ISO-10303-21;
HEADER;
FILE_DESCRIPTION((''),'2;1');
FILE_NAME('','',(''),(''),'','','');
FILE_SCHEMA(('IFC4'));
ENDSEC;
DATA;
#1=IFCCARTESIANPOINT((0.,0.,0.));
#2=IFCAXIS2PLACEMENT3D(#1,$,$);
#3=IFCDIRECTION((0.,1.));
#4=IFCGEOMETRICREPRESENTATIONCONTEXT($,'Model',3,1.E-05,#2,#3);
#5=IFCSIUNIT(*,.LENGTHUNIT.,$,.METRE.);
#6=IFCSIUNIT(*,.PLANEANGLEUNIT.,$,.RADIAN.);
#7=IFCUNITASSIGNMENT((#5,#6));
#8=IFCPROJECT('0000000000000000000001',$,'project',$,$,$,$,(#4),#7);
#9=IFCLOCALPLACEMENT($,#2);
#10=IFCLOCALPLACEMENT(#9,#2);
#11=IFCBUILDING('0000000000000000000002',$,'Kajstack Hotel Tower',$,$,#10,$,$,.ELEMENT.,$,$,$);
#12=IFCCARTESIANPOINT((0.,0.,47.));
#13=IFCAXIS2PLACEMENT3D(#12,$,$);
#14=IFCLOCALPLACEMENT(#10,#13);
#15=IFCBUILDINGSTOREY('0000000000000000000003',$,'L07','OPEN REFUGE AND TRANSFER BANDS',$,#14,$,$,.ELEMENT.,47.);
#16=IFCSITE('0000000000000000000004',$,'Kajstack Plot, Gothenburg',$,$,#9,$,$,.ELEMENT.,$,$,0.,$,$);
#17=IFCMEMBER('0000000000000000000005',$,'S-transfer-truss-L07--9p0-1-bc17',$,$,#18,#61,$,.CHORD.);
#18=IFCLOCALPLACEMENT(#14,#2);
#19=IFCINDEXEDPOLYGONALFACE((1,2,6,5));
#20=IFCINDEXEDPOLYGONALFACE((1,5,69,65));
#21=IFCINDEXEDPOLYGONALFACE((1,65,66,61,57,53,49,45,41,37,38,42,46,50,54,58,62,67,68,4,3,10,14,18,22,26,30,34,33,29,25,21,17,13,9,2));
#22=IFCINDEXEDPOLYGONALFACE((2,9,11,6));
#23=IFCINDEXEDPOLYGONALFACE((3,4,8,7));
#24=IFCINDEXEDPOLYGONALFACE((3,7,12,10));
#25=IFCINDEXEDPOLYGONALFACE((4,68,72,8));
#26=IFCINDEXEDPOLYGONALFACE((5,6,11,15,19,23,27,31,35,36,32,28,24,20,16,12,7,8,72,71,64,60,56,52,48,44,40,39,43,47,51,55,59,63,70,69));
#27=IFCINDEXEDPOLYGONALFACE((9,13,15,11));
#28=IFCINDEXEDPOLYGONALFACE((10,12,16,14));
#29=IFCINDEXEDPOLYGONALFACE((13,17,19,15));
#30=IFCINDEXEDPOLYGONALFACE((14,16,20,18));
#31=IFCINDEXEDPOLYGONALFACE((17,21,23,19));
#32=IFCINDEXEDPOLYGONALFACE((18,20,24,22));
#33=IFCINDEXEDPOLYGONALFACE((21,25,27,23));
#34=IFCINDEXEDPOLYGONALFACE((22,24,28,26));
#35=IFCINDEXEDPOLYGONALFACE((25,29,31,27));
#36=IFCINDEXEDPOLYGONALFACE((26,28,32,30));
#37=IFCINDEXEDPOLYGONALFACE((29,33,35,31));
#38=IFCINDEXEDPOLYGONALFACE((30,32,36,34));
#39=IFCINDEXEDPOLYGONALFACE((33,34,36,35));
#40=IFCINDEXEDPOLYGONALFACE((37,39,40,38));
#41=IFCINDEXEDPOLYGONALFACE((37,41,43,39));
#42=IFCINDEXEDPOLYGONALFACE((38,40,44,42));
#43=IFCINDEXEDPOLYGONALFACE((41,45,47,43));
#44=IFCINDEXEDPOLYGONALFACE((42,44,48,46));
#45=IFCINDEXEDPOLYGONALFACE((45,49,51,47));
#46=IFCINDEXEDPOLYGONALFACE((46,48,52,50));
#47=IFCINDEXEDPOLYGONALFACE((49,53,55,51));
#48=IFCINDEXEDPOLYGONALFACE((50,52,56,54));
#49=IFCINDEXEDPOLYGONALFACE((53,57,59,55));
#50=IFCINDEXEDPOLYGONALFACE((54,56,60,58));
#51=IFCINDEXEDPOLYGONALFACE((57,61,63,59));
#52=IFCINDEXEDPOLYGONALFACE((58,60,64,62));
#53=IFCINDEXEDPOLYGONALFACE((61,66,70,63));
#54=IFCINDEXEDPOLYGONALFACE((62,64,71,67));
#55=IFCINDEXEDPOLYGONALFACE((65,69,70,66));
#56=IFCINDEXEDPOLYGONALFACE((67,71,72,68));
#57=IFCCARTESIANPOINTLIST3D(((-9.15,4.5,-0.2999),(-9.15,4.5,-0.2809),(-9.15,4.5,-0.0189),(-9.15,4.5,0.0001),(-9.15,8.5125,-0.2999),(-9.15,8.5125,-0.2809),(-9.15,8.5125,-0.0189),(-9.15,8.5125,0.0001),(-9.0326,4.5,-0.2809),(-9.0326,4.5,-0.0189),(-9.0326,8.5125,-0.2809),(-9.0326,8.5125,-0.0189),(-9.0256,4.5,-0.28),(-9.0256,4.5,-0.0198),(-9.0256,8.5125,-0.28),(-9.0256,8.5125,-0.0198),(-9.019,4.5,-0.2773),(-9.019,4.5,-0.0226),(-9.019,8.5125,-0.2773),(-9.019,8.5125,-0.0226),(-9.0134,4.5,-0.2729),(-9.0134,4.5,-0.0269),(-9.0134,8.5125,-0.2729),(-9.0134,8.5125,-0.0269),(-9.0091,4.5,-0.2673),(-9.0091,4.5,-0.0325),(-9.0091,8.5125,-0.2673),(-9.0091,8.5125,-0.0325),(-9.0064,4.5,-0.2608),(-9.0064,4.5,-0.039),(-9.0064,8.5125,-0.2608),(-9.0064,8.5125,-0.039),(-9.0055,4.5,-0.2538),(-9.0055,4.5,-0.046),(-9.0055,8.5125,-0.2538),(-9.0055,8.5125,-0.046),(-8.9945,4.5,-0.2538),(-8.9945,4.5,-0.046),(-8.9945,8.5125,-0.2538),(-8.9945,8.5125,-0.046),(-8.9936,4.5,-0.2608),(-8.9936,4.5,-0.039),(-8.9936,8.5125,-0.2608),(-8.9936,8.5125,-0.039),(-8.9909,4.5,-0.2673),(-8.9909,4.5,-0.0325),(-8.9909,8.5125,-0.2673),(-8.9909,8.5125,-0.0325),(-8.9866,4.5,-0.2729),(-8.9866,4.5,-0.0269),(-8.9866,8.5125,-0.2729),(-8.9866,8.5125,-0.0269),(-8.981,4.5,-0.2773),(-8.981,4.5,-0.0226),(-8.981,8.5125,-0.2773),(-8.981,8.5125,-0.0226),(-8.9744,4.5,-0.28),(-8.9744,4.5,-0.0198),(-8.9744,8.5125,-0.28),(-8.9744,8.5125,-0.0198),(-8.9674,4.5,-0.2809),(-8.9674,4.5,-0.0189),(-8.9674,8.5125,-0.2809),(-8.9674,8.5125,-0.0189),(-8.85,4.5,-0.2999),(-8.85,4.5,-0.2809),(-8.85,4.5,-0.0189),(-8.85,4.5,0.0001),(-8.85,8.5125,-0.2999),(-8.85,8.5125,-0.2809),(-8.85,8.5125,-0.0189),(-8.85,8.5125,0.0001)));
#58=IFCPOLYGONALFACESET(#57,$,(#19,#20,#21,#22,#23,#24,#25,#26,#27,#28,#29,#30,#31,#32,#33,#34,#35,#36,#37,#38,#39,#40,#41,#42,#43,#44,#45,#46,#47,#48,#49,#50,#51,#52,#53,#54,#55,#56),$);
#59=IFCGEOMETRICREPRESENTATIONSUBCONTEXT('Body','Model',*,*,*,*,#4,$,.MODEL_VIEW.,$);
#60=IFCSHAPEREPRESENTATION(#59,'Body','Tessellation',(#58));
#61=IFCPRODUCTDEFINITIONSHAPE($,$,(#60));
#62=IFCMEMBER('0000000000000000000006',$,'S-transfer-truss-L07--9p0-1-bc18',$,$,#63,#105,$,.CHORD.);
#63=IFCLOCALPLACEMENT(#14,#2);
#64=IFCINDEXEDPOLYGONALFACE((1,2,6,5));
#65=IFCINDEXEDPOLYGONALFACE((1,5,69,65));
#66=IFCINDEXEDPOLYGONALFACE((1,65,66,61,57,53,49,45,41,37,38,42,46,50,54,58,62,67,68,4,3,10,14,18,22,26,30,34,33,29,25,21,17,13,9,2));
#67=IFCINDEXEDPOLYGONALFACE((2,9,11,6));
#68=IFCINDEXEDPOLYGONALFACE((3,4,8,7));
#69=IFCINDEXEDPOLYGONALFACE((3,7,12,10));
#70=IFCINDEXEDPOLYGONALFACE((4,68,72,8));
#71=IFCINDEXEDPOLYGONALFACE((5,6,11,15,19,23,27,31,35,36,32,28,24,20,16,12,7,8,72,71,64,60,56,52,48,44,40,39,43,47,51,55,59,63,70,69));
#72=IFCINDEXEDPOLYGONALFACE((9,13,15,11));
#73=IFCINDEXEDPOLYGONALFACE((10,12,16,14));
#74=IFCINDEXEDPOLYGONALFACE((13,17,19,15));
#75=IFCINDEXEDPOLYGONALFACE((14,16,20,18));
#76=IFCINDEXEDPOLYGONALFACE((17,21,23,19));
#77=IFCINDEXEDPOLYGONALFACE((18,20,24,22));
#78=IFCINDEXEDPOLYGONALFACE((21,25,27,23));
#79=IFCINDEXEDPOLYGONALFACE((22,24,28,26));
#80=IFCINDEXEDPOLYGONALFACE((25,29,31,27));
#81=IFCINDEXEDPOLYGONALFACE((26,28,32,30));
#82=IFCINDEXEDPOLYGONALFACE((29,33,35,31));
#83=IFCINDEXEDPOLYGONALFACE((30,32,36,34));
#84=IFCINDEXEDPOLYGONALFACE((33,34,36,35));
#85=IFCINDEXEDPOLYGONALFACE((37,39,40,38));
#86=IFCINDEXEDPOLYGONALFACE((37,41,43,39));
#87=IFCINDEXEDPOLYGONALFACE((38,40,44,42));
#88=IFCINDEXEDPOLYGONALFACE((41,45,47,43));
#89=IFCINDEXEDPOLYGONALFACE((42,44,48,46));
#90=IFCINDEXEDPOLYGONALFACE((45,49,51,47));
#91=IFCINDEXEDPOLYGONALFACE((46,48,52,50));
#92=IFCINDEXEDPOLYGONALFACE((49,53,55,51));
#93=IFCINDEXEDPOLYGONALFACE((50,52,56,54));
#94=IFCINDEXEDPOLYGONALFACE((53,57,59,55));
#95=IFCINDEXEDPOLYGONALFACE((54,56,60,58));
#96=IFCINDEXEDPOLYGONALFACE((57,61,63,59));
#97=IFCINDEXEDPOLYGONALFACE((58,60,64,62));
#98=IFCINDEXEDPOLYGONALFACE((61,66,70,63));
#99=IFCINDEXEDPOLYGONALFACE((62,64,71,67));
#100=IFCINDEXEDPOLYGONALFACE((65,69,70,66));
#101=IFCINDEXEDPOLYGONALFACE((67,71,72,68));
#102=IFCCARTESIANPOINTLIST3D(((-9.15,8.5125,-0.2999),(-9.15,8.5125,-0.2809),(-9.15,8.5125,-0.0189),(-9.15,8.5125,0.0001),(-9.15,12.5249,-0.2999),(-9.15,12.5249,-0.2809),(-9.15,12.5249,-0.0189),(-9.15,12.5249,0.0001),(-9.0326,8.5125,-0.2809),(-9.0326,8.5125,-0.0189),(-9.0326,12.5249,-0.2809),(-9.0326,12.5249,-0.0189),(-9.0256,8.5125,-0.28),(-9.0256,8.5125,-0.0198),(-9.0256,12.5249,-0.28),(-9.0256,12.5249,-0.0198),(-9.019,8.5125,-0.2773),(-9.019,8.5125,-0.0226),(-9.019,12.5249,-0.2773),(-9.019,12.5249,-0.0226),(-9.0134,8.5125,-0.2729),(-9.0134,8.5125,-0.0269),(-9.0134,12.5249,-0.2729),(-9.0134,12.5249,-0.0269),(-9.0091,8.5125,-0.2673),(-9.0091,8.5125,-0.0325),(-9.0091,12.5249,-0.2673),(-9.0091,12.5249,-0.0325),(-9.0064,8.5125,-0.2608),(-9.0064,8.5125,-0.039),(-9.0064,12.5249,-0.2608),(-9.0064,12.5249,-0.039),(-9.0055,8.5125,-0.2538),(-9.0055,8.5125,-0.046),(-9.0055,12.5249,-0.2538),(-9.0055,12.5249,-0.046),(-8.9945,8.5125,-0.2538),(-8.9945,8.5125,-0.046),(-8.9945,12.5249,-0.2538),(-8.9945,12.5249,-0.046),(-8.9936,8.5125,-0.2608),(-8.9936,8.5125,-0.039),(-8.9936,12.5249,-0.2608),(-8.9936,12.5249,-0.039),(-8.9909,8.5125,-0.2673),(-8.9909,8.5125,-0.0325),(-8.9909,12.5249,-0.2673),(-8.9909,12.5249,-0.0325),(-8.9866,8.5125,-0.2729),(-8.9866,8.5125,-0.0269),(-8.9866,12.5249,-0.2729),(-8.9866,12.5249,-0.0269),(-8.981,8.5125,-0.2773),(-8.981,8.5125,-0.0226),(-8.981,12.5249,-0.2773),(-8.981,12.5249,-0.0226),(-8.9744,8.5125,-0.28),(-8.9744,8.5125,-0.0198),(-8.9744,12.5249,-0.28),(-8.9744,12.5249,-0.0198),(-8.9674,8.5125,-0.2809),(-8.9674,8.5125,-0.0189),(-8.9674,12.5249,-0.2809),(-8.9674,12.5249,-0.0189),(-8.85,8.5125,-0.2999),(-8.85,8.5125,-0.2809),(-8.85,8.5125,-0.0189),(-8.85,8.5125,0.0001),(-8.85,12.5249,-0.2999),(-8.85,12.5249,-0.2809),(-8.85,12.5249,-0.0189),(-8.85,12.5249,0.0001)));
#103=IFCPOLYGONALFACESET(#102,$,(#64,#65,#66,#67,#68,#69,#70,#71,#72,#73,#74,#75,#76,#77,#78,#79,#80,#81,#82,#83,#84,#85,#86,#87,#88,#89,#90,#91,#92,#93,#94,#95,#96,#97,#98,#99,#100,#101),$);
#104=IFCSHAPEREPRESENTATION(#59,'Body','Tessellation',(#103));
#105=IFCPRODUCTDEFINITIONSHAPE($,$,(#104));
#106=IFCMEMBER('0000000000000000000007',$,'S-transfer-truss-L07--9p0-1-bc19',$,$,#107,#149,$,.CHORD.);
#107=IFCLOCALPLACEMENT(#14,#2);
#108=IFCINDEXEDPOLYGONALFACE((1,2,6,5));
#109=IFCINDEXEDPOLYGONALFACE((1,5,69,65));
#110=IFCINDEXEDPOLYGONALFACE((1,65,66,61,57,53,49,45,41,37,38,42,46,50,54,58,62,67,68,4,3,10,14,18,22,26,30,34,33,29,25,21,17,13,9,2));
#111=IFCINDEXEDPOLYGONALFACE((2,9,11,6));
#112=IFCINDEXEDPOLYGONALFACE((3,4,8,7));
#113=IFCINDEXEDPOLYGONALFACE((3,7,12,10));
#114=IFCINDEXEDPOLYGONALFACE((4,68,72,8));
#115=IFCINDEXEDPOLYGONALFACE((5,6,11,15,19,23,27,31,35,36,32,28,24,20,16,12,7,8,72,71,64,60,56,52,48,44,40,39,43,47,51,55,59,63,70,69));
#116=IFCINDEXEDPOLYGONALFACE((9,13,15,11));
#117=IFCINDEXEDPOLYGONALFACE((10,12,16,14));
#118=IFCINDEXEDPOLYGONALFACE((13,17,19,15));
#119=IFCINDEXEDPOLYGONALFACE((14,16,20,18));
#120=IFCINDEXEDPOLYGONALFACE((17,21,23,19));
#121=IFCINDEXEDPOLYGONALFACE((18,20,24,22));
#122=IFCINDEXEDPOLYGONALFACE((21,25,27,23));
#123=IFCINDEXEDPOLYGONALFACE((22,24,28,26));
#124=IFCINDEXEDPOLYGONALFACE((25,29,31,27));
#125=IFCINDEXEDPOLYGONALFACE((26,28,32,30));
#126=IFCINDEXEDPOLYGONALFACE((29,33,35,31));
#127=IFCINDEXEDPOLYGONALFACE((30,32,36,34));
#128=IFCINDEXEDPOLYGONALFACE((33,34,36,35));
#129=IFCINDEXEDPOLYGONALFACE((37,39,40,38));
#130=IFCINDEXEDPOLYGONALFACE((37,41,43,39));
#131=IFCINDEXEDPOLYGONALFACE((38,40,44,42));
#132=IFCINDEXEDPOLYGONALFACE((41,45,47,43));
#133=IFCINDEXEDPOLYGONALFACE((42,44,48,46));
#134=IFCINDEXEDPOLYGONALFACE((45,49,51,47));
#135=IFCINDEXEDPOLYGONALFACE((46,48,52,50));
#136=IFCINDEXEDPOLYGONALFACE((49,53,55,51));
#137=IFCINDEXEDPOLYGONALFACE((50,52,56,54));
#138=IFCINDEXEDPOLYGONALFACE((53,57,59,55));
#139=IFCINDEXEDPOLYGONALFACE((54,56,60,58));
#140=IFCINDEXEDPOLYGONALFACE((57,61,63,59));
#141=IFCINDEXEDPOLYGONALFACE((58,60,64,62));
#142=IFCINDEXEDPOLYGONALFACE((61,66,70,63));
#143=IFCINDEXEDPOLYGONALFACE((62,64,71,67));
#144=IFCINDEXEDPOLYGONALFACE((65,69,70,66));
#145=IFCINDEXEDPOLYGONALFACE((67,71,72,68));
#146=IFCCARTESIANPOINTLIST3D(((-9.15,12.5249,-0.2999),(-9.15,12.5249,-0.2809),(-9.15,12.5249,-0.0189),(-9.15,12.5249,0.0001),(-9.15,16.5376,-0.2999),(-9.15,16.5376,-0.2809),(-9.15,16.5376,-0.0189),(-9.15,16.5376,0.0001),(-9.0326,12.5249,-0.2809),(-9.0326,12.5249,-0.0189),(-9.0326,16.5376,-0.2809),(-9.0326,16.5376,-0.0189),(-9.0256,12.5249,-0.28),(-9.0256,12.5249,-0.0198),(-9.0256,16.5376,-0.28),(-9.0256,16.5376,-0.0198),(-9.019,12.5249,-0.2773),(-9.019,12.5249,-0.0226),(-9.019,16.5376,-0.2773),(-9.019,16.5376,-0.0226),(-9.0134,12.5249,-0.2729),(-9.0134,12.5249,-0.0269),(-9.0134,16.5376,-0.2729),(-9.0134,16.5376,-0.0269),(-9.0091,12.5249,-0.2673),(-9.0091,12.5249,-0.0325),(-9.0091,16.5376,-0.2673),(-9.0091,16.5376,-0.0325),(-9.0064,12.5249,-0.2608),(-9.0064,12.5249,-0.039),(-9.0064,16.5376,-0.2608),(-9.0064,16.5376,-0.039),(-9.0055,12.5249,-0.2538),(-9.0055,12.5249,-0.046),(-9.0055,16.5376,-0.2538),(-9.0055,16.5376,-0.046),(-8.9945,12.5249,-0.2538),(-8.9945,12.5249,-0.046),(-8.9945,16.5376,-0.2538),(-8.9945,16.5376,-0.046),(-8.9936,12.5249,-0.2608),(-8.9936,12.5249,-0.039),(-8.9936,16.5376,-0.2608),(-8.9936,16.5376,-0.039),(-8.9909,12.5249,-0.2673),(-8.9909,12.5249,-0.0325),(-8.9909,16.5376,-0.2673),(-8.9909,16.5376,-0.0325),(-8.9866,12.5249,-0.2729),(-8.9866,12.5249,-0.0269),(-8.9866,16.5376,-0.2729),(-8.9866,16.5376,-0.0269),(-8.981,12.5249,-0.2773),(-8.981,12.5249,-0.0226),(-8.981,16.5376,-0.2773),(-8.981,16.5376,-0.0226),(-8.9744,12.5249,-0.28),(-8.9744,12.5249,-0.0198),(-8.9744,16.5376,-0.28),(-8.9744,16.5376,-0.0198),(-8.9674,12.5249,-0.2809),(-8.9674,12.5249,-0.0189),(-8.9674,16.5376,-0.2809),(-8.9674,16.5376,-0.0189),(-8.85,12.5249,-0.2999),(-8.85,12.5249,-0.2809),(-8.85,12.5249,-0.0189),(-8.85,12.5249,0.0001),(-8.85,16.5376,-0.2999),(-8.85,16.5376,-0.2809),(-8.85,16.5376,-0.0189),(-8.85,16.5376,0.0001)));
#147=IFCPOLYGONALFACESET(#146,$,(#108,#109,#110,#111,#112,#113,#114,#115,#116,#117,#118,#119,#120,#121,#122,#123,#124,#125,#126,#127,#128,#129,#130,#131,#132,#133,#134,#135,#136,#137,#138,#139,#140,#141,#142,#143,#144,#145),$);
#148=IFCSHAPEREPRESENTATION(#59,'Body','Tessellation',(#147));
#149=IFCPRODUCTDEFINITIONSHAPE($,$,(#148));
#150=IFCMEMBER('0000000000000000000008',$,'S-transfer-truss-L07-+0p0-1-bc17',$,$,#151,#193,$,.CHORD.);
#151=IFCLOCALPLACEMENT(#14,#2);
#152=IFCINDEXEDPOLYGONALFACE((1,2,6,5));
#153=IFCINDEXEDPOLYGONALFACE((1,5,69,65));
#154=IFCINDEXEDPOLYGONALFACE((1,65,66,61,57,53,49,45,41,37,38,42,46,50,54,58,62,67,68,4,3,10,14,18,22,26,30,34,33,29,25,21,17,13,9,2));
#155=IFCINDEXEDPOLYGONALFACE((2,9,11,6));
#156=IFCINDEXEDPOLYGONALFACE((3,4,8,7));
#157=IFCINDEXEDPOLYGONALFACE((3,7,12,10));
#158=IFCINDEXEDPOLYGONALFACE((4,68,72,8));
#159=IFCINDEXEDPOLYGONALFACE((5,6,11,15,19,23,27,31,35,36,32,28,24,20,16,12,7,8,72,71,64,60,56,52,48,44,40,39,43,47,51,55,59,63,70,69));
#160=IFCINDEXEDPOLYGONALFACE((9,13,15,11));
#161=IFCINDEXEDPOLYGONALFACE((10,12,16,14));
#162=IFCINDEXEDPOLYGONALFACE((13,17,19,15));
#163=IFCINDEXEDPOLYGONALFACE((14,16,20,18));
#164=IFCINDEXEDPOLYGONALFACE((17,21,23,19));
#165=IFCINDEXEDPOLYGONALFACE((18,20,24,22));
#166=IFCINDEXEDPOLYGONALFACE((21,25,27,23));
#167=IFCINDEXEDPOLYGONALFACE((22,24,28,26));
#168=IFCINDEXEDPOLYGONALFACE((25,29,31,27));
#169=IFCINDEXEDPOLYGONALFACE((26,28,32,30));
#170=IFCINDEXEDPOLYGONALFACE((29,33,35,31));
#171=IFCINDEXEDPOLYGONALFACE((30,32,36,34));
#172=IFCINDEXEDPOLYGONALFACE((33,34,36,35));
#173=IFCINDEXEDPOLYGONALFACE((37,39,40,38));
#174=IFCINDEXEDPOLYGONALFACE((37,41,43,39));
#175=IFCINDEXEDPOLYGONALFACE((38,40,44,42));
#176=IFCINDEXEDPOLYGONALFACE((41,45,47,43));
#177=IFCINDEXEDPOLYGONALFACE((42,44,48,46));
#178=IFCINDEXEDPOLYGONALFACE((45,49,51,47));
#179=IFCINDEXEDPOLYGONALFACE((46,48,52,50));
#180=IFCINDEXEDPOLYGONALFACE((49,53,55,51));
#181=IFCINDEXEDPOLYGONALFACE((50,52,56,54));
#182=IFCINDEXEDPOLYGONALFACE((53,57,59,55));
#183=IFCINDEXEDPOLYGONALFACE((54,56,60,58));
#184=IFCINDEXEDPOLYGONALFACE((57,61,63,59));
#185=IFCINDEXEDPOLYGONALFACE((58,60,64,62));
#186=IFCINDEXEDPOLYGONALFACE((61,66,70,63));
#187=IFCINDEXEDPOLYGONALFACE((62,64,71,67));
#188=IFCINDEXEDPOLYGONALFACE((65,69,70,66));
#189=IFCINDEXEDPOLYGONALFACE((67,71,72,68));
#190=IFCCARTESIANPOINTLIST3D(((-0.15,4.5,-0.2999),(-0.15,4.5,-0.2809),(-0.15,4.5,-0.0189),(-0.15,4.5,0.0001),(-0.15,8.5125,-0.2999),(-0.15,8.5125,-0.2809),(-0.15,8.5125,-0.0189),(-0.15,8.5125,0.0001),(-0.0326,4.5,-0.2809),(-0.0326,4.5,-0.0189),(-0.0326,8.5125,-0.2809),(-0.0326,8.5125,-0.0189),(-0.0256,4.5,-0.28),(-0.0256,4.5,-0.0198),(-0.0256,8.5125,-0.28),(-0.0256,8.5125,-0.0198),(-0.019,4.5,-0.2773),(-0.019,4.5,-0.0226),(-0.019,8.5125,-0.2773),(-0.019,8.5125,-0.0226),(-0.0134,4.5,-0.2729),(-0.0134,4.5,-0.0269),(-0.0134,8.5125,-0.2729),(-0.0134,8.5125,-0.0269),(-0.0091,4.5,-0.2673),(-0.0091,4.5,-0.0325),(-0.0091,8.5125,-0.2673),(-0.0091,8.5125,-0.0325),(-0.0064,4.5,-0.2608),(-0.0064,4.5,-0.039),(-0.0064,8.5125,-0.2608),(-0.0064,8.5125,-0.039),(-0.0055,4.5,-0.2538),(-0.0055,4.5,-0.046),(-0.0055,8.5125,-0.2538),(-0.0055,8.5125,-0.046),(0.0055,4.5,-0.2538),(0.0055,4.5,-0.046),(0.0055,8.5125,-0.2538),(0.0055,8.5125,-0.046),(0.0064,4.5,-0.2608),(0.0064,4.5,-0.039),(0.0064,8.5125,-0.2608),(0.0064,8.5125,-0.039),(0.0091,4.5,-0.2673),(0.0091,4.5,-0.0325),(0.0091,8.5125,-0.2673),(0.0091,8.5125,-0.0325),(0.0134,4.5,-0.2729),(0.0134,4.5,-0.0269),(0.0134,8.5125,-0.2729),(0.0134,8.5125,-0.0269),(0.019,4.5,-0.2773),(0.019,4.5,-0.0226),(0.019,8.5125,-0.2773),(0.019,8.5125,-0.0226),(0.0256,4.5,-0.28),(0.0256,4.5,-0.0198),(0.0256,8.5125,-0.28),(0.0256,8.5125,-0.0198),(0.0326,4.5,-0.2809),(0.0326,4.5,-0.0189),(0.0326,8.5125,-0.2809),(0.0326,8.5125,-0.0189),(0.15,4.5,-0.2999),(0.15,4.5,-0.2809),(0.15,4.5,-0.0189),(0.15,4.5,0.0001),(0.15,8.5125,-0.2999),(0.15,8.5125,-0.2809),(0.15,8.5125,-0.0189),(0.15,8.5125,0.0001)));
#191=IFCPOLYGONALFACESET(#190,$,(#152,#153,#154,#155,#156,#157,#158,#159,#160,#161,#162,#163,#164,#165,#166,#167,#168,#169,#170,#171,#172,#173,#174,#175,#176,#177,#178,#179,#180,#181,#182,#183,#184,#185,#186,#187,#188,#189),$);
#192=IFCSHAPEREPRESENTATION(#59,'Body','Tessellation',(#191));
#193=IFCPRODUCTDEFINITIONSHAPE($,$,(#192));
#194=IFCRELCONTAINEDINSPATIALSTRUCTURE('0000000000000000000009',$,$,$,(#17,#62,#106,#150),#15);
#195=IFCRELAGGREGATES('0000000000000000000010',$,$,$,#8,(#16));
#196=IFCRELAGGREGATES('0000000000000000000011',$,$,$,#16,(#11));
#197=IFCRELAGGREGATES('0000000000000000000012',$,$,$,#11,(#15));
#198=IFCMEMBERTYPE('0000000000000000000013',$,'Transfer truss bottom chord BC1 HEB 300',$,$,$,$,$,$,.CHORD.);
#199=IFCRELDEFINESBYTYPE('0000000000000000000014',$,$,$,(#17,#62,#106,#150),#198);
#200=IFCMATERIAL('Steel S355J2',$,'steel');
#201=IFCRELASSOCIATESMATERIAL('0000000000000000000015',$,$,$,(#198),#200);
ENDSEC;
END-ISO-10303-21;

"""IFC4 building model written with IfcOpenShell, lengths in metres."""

from ifc_helpers import new_model, si_unit, direction, frame, origin, origin_2d, place, context, subcontext, project, spatial, i_section, extrude, material, material_profile, profile_set, type_object, element, save


model = new_model("IFC4")

# Units and contexts
model_context = context("Model", 3, precision=1e-05, world=origin(), true_north=direction((0.0, 1.0)))
body_context = subcontext(model_context, "Body", "Model", "MODEL_VIEW")
ifc_project = project(units=[si_unit("LENGTHUNIT", "METRE"), si_unit("PLANEANGLEUNIT", "RADIAN")], contexts=[model_context])

# Site, building, storey
site_placement = place(None, origin())
site = spatial("IfcSite", under=ifc_project, at=site_placement, Name="Kajstack Plot, Gothenburg", CompositionType="ELEMENT", RefElevation=0.0)
building_placement = place(site_placement, origin())
building = spatial("IfcBuilding", under=site, at=building_placement, Name="Kajstack Hotel Tower", CompositionType="ELEMENT")
storey_placement = place(building_placement, frame((0.0, 0.0, 47.0)))
storey = spatial("IfcBuildingStorey", under=building, at=storey_placement, Name="L07", Description="OPEN REFUGE AND TRANSFER BANDS", CompositionType="ELEMENT", Elevation=47.0)

# Members
ifc_material = material(Name="Steel S355J2", Category="steel")
ifc_material_profile_1 = material_profile(ifc_material, i_section(OverallWidth=0.3, OverallDepth=0.3, WebThickness=0.011, FlangeThickness=0.019, FilletRadius=0.0271, at=origin_2d()), Name="HEB 300")
ifc_profile_set_1 = profile_set([ifc_material_profile_1], Name="Steel S355J2")
member_type_1 = type_object("IfcMemberType", Name="Transfer truss bottom chord BC1 HEB 300", PredefinedType="CHORD", material=ifc_profile_set_1)
for number, where, z_axis, x_axis, name in (
    (1, (-9.0, 4.5, -0.1499), (0.0, 1.0, 0.0), (-1.0, 0.0, 0.0), "S-transfer-truss-L07--9p0-1-bc17"),
    (2, (-9.0, 8.5125, -0.1499), (0.0, 1.0, 0.0), (-1.0, 0.0, 0.0), "S-transfer-truss-L07--9p0-1-bc18"),
):
    element("IfcMember", number, at=place(storey_placement, frame(where, z_axis=z_axis, x_axis=x_axis)), inside=storey, type_object=member_type_1, Name=name, PredefinedType="CHORD", context=body_context, shape_type="SweptSolid", body=[
        extrude(i_section(OverallWidth=0.3, OverallDepth=0.3, WebThickness=0.011, FlangeThickness=0.019, FilletRadius=0.0271, at=origin_2d()), origin(), (0.0, 0.0, 1.0), 4.0125),
    ])
member_1_placement = place(storey_placement, frame((-9.0, 12.5249, -0.1499), z_axis=(0.0, 1.0, 0.0), x_axis=(-1.0, 0.0, 0.0)))
element("IfcMember", 3, at=member_1_placement, inside=storey, type_object=member_type_1, Name="S-transfer-truss-L07--9p0-1-bc19", PredefinedType="CHORD", context=body_context, shape_type="SweptSolid", body=[
    extrude(i_section(OverallWidth=0.3, OverallDepth=0.3, WebThickness=0.011, FlangeThickness=0.019, FilletRadius=0.0271, at=origin_2d()), origin(), (0.0, 0.0, 1.0), 4.0127),
])
for number, where, z_axis, x_axis, name in (
    (4, (0.0, 4.5, -0.1499), (0.0, 1.0, 0.0), (-1.0, 0.0, 0.0), "S-transfer-truss-L07-+0p0-1-bc17"),
):
    element("IfcMember", number, at=place(storey_placement, frame(where, z_axis=z_axis, x_axis=x_axis)), inside=storey, type_object=member_type_1, Name=name, PredefinedType="CHORD", context=body_context, shape_type="SweptSolid", body=[
        extrude(i_section(OverallWidth=0.3, OverallDepth=0.3, WebThickness=0.011, FlangeThickness=0.019, FilletRadius=0.0271, at=origin_2d()), origin(), (0.0, 0.0, 1.0), 4.0125),
    ])

save(model, "model.ifc")
